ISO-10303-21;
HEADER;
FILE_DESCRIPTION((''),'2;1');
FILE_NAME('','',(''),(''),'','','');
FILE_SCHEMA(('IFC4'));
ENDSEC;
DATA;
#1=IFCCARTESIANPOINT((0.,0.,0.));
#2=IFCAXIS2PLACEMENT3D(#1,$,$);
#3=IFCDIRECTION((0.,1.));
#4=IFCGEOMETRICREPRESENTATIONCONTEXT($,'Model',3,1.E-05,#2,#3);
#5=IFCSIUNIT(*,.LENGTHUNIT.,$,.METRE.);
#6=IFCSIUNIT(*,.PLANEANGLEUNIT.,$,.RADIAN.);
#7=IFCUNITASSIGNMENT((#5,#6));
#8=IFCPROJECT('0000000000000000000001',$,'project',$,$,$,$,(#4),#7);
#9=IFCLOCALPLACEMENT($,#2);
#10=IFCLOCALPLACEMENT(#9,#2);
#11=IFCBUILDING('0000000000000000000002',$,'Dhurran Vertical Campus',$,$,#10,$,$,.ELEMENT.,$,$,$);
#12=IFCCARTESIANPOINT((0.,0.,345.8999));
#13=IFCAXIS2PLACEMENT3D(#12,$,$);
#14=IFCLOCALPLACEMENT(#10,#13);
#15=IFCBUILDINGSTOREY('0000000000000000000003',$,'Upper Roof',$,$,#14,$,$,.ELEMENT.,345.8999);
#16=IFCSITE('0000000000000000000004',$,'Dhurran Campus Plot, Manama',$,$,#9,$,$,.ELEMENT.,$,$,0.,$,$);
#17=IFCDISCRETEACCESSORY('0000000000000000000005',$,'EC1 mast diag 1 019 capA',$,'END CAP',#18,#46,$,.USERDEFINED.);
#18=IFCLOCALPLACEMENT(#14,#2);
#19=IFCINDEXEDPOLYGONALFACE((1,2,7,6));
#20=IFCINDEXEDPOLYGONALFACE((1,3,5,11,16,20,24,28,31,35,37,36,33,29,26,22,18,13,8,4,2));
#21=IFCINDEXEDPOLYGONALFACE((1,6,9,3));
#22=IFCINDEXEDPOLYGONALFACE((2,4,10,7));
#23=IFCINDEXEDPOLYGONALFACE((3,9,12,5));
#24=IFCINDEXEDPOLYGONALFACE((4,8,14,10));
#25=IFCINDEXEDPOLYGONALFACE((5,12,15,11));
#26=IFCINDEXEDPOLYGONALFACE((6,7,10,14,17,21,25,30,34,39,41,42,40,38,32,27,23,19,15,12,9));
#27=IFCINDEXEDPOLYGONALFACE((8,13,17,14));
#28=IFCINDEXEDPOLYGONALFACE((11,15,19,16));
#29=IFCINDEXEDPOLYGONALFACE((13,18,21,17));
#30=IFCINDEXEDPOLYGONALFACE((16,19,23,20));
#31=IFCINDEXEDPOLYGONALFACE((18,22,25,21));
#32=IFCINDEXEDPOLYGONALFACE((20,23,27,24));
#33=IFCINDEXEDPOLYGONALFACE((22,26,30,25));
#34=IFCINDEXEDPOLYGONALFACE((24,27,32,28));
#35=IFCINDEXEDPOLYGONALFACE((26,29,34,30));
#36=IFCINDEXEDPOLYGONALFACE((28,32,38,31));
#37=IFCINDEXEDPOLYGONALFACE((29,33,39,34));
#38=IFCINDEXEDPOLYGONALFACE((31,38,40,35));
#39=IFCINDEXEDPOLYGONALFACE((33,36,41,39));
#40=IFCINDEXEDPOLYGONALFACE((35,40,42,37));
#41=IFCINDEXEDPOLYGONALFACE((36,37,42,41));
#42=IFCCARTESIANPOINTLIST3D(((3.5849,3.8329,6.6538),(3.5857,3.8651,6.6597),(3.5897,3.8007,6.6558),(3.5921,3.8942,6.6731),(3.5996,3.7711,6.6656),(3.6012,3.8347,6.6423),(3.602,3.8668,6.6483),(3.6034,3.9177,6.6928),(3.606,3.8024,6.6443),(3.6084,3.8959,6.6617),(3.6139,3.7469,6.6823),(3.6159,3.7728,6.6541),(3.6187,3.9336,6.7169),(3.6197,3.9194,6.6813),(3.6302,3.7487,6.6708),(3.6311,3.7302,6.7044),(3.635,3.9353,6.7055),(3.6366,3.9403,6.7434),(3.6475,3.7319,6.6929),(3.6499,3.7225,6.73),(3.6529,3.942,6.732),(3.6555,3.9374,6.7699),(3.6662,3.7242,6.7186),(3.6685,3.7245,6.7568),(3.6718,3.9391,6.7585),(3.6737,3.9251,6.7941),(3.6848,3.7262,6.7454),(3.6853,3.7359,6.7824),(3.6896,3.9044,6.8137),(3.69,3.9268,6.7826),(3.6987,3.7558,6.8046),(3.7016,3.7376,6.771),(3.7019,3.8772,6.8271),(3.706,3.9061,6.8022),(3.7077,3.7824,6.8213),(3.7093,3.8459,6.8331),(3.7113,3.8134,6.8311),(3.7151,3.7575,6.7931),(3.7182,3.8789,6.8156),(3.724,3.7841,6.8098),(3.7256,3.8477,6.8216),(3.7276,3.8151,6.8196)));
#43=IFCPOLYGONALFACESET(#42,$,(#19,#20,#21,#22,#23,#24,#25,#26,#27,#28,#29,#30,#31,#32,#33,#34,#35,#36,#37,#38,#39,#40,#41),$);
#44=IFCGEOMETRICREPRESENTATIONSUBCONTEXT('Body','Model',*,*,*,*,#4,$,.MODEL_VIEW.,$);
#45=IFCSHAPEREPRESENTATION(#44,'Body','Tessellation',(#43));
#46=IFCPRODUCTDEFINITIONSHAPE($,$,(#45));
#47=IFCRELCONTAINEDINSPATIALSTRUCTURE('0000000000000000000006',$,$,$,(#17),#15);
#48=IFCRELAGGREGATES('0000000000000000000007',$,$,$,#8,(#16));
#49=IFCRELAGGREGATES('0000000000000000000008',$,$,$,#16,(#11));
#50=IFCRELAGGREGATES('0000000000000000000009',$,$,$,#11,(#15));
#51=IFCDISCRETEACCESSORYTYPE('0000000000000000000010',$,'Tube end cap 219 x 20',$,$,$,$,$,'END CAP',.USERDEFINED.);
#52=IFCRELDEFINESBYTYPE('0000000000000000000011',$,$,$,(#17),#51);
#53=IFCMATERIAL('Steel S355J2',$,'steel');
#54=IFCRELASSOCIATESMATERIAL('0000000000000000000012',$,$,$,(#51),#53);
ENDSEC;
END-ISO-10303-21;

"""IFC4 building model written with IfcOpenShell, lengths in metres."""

from ifc_helpers import new_model, si_unit, direction, frame, origin, origin_2d, place, context, subcontext, project, spatial, circle, extrude, material, material_profile, profile_set, type_object, element, save


model = new_model("IFC4")

# Units and contexts
model_context = context("Model", 3, precision=1e-05, world=origin(), true_north=direction((0.0, 1.0)))
body_context = subcontext(model_context, "Body", "Model", "MODEL_VIEW")
ifc_project = project(units=[si_unit("LENGTHUNIT", "METRE"), si_unit("PLANEANGLEUNIT", "RADIAN")], contexts=[model_context])

# Site, building, storey
site_placement = place(None, origin())
site = spatial("IfcSite", under=ifc_project, at=site_placement, Name="Dhurran Campus Plot, Manama", CompositionType="ELEMENT", RefElevation=0.0)
building_placement = place(site_placement, origin())
building = spatial("IfcBuilding", under=site, at=building_placement, Name="Dhurran Vertical Campus", CompositionType="ELEMENT")
storey_placement = place(building_placement, frame((0.0, 0.0, 345.8999)))
storey = spatial("IfcBuildingStorey", under=building, at=storey_placement, Name="Upper Roof", CompositionType="ELEMENT", Elevation=345.8999)

# Discrete accessory
ifc_material_1 = material(Name="Steel S355J2", Category="steel")
ifc_material_profile_1 = material_profile(ifc_material_1, circle(Radius=0.1096, at=origin_2d()), Name="Tube end cap 219 x 20")
ifc_profile_set_1 = profile_set([ifc_material_profile_1], Name="Steel S355J2")
discrete_accessory_type_1 = type_object("IfcDiscreteAccessoryType", Name="Tube end cap 219 x 20", ElementType="END CAP", PredefinedType="USERDEFINED", material=ifc_profile_set_1)
for number, where, z_axis, x_axis, name in (
    (1, (3.6479, 3.8313, 6.7434), (0.815679, 0.08522, -0.572193), (-0.103912, 0.994586, 0.0), "EC1 mast diag 1 019 capA"),
):
    element("IfcDiscreteAccessory", number, at=place(storey_placement, frame(where, z_axis=z_axis, x_axis=x_axis)), inside=storey, type_object=discrete_accessory_type_1, Name=name, ObjectType="END CAP", PredefinedType="USERDEFINED", context=body_context, shape_type="SweptSolid", body=[
        extrude(circle(Radius=0.1096, at=origin_2d()), origin(), (0.0, 0.0, 1.0), 0.02),
    ])

save(model, "model.ifc")
